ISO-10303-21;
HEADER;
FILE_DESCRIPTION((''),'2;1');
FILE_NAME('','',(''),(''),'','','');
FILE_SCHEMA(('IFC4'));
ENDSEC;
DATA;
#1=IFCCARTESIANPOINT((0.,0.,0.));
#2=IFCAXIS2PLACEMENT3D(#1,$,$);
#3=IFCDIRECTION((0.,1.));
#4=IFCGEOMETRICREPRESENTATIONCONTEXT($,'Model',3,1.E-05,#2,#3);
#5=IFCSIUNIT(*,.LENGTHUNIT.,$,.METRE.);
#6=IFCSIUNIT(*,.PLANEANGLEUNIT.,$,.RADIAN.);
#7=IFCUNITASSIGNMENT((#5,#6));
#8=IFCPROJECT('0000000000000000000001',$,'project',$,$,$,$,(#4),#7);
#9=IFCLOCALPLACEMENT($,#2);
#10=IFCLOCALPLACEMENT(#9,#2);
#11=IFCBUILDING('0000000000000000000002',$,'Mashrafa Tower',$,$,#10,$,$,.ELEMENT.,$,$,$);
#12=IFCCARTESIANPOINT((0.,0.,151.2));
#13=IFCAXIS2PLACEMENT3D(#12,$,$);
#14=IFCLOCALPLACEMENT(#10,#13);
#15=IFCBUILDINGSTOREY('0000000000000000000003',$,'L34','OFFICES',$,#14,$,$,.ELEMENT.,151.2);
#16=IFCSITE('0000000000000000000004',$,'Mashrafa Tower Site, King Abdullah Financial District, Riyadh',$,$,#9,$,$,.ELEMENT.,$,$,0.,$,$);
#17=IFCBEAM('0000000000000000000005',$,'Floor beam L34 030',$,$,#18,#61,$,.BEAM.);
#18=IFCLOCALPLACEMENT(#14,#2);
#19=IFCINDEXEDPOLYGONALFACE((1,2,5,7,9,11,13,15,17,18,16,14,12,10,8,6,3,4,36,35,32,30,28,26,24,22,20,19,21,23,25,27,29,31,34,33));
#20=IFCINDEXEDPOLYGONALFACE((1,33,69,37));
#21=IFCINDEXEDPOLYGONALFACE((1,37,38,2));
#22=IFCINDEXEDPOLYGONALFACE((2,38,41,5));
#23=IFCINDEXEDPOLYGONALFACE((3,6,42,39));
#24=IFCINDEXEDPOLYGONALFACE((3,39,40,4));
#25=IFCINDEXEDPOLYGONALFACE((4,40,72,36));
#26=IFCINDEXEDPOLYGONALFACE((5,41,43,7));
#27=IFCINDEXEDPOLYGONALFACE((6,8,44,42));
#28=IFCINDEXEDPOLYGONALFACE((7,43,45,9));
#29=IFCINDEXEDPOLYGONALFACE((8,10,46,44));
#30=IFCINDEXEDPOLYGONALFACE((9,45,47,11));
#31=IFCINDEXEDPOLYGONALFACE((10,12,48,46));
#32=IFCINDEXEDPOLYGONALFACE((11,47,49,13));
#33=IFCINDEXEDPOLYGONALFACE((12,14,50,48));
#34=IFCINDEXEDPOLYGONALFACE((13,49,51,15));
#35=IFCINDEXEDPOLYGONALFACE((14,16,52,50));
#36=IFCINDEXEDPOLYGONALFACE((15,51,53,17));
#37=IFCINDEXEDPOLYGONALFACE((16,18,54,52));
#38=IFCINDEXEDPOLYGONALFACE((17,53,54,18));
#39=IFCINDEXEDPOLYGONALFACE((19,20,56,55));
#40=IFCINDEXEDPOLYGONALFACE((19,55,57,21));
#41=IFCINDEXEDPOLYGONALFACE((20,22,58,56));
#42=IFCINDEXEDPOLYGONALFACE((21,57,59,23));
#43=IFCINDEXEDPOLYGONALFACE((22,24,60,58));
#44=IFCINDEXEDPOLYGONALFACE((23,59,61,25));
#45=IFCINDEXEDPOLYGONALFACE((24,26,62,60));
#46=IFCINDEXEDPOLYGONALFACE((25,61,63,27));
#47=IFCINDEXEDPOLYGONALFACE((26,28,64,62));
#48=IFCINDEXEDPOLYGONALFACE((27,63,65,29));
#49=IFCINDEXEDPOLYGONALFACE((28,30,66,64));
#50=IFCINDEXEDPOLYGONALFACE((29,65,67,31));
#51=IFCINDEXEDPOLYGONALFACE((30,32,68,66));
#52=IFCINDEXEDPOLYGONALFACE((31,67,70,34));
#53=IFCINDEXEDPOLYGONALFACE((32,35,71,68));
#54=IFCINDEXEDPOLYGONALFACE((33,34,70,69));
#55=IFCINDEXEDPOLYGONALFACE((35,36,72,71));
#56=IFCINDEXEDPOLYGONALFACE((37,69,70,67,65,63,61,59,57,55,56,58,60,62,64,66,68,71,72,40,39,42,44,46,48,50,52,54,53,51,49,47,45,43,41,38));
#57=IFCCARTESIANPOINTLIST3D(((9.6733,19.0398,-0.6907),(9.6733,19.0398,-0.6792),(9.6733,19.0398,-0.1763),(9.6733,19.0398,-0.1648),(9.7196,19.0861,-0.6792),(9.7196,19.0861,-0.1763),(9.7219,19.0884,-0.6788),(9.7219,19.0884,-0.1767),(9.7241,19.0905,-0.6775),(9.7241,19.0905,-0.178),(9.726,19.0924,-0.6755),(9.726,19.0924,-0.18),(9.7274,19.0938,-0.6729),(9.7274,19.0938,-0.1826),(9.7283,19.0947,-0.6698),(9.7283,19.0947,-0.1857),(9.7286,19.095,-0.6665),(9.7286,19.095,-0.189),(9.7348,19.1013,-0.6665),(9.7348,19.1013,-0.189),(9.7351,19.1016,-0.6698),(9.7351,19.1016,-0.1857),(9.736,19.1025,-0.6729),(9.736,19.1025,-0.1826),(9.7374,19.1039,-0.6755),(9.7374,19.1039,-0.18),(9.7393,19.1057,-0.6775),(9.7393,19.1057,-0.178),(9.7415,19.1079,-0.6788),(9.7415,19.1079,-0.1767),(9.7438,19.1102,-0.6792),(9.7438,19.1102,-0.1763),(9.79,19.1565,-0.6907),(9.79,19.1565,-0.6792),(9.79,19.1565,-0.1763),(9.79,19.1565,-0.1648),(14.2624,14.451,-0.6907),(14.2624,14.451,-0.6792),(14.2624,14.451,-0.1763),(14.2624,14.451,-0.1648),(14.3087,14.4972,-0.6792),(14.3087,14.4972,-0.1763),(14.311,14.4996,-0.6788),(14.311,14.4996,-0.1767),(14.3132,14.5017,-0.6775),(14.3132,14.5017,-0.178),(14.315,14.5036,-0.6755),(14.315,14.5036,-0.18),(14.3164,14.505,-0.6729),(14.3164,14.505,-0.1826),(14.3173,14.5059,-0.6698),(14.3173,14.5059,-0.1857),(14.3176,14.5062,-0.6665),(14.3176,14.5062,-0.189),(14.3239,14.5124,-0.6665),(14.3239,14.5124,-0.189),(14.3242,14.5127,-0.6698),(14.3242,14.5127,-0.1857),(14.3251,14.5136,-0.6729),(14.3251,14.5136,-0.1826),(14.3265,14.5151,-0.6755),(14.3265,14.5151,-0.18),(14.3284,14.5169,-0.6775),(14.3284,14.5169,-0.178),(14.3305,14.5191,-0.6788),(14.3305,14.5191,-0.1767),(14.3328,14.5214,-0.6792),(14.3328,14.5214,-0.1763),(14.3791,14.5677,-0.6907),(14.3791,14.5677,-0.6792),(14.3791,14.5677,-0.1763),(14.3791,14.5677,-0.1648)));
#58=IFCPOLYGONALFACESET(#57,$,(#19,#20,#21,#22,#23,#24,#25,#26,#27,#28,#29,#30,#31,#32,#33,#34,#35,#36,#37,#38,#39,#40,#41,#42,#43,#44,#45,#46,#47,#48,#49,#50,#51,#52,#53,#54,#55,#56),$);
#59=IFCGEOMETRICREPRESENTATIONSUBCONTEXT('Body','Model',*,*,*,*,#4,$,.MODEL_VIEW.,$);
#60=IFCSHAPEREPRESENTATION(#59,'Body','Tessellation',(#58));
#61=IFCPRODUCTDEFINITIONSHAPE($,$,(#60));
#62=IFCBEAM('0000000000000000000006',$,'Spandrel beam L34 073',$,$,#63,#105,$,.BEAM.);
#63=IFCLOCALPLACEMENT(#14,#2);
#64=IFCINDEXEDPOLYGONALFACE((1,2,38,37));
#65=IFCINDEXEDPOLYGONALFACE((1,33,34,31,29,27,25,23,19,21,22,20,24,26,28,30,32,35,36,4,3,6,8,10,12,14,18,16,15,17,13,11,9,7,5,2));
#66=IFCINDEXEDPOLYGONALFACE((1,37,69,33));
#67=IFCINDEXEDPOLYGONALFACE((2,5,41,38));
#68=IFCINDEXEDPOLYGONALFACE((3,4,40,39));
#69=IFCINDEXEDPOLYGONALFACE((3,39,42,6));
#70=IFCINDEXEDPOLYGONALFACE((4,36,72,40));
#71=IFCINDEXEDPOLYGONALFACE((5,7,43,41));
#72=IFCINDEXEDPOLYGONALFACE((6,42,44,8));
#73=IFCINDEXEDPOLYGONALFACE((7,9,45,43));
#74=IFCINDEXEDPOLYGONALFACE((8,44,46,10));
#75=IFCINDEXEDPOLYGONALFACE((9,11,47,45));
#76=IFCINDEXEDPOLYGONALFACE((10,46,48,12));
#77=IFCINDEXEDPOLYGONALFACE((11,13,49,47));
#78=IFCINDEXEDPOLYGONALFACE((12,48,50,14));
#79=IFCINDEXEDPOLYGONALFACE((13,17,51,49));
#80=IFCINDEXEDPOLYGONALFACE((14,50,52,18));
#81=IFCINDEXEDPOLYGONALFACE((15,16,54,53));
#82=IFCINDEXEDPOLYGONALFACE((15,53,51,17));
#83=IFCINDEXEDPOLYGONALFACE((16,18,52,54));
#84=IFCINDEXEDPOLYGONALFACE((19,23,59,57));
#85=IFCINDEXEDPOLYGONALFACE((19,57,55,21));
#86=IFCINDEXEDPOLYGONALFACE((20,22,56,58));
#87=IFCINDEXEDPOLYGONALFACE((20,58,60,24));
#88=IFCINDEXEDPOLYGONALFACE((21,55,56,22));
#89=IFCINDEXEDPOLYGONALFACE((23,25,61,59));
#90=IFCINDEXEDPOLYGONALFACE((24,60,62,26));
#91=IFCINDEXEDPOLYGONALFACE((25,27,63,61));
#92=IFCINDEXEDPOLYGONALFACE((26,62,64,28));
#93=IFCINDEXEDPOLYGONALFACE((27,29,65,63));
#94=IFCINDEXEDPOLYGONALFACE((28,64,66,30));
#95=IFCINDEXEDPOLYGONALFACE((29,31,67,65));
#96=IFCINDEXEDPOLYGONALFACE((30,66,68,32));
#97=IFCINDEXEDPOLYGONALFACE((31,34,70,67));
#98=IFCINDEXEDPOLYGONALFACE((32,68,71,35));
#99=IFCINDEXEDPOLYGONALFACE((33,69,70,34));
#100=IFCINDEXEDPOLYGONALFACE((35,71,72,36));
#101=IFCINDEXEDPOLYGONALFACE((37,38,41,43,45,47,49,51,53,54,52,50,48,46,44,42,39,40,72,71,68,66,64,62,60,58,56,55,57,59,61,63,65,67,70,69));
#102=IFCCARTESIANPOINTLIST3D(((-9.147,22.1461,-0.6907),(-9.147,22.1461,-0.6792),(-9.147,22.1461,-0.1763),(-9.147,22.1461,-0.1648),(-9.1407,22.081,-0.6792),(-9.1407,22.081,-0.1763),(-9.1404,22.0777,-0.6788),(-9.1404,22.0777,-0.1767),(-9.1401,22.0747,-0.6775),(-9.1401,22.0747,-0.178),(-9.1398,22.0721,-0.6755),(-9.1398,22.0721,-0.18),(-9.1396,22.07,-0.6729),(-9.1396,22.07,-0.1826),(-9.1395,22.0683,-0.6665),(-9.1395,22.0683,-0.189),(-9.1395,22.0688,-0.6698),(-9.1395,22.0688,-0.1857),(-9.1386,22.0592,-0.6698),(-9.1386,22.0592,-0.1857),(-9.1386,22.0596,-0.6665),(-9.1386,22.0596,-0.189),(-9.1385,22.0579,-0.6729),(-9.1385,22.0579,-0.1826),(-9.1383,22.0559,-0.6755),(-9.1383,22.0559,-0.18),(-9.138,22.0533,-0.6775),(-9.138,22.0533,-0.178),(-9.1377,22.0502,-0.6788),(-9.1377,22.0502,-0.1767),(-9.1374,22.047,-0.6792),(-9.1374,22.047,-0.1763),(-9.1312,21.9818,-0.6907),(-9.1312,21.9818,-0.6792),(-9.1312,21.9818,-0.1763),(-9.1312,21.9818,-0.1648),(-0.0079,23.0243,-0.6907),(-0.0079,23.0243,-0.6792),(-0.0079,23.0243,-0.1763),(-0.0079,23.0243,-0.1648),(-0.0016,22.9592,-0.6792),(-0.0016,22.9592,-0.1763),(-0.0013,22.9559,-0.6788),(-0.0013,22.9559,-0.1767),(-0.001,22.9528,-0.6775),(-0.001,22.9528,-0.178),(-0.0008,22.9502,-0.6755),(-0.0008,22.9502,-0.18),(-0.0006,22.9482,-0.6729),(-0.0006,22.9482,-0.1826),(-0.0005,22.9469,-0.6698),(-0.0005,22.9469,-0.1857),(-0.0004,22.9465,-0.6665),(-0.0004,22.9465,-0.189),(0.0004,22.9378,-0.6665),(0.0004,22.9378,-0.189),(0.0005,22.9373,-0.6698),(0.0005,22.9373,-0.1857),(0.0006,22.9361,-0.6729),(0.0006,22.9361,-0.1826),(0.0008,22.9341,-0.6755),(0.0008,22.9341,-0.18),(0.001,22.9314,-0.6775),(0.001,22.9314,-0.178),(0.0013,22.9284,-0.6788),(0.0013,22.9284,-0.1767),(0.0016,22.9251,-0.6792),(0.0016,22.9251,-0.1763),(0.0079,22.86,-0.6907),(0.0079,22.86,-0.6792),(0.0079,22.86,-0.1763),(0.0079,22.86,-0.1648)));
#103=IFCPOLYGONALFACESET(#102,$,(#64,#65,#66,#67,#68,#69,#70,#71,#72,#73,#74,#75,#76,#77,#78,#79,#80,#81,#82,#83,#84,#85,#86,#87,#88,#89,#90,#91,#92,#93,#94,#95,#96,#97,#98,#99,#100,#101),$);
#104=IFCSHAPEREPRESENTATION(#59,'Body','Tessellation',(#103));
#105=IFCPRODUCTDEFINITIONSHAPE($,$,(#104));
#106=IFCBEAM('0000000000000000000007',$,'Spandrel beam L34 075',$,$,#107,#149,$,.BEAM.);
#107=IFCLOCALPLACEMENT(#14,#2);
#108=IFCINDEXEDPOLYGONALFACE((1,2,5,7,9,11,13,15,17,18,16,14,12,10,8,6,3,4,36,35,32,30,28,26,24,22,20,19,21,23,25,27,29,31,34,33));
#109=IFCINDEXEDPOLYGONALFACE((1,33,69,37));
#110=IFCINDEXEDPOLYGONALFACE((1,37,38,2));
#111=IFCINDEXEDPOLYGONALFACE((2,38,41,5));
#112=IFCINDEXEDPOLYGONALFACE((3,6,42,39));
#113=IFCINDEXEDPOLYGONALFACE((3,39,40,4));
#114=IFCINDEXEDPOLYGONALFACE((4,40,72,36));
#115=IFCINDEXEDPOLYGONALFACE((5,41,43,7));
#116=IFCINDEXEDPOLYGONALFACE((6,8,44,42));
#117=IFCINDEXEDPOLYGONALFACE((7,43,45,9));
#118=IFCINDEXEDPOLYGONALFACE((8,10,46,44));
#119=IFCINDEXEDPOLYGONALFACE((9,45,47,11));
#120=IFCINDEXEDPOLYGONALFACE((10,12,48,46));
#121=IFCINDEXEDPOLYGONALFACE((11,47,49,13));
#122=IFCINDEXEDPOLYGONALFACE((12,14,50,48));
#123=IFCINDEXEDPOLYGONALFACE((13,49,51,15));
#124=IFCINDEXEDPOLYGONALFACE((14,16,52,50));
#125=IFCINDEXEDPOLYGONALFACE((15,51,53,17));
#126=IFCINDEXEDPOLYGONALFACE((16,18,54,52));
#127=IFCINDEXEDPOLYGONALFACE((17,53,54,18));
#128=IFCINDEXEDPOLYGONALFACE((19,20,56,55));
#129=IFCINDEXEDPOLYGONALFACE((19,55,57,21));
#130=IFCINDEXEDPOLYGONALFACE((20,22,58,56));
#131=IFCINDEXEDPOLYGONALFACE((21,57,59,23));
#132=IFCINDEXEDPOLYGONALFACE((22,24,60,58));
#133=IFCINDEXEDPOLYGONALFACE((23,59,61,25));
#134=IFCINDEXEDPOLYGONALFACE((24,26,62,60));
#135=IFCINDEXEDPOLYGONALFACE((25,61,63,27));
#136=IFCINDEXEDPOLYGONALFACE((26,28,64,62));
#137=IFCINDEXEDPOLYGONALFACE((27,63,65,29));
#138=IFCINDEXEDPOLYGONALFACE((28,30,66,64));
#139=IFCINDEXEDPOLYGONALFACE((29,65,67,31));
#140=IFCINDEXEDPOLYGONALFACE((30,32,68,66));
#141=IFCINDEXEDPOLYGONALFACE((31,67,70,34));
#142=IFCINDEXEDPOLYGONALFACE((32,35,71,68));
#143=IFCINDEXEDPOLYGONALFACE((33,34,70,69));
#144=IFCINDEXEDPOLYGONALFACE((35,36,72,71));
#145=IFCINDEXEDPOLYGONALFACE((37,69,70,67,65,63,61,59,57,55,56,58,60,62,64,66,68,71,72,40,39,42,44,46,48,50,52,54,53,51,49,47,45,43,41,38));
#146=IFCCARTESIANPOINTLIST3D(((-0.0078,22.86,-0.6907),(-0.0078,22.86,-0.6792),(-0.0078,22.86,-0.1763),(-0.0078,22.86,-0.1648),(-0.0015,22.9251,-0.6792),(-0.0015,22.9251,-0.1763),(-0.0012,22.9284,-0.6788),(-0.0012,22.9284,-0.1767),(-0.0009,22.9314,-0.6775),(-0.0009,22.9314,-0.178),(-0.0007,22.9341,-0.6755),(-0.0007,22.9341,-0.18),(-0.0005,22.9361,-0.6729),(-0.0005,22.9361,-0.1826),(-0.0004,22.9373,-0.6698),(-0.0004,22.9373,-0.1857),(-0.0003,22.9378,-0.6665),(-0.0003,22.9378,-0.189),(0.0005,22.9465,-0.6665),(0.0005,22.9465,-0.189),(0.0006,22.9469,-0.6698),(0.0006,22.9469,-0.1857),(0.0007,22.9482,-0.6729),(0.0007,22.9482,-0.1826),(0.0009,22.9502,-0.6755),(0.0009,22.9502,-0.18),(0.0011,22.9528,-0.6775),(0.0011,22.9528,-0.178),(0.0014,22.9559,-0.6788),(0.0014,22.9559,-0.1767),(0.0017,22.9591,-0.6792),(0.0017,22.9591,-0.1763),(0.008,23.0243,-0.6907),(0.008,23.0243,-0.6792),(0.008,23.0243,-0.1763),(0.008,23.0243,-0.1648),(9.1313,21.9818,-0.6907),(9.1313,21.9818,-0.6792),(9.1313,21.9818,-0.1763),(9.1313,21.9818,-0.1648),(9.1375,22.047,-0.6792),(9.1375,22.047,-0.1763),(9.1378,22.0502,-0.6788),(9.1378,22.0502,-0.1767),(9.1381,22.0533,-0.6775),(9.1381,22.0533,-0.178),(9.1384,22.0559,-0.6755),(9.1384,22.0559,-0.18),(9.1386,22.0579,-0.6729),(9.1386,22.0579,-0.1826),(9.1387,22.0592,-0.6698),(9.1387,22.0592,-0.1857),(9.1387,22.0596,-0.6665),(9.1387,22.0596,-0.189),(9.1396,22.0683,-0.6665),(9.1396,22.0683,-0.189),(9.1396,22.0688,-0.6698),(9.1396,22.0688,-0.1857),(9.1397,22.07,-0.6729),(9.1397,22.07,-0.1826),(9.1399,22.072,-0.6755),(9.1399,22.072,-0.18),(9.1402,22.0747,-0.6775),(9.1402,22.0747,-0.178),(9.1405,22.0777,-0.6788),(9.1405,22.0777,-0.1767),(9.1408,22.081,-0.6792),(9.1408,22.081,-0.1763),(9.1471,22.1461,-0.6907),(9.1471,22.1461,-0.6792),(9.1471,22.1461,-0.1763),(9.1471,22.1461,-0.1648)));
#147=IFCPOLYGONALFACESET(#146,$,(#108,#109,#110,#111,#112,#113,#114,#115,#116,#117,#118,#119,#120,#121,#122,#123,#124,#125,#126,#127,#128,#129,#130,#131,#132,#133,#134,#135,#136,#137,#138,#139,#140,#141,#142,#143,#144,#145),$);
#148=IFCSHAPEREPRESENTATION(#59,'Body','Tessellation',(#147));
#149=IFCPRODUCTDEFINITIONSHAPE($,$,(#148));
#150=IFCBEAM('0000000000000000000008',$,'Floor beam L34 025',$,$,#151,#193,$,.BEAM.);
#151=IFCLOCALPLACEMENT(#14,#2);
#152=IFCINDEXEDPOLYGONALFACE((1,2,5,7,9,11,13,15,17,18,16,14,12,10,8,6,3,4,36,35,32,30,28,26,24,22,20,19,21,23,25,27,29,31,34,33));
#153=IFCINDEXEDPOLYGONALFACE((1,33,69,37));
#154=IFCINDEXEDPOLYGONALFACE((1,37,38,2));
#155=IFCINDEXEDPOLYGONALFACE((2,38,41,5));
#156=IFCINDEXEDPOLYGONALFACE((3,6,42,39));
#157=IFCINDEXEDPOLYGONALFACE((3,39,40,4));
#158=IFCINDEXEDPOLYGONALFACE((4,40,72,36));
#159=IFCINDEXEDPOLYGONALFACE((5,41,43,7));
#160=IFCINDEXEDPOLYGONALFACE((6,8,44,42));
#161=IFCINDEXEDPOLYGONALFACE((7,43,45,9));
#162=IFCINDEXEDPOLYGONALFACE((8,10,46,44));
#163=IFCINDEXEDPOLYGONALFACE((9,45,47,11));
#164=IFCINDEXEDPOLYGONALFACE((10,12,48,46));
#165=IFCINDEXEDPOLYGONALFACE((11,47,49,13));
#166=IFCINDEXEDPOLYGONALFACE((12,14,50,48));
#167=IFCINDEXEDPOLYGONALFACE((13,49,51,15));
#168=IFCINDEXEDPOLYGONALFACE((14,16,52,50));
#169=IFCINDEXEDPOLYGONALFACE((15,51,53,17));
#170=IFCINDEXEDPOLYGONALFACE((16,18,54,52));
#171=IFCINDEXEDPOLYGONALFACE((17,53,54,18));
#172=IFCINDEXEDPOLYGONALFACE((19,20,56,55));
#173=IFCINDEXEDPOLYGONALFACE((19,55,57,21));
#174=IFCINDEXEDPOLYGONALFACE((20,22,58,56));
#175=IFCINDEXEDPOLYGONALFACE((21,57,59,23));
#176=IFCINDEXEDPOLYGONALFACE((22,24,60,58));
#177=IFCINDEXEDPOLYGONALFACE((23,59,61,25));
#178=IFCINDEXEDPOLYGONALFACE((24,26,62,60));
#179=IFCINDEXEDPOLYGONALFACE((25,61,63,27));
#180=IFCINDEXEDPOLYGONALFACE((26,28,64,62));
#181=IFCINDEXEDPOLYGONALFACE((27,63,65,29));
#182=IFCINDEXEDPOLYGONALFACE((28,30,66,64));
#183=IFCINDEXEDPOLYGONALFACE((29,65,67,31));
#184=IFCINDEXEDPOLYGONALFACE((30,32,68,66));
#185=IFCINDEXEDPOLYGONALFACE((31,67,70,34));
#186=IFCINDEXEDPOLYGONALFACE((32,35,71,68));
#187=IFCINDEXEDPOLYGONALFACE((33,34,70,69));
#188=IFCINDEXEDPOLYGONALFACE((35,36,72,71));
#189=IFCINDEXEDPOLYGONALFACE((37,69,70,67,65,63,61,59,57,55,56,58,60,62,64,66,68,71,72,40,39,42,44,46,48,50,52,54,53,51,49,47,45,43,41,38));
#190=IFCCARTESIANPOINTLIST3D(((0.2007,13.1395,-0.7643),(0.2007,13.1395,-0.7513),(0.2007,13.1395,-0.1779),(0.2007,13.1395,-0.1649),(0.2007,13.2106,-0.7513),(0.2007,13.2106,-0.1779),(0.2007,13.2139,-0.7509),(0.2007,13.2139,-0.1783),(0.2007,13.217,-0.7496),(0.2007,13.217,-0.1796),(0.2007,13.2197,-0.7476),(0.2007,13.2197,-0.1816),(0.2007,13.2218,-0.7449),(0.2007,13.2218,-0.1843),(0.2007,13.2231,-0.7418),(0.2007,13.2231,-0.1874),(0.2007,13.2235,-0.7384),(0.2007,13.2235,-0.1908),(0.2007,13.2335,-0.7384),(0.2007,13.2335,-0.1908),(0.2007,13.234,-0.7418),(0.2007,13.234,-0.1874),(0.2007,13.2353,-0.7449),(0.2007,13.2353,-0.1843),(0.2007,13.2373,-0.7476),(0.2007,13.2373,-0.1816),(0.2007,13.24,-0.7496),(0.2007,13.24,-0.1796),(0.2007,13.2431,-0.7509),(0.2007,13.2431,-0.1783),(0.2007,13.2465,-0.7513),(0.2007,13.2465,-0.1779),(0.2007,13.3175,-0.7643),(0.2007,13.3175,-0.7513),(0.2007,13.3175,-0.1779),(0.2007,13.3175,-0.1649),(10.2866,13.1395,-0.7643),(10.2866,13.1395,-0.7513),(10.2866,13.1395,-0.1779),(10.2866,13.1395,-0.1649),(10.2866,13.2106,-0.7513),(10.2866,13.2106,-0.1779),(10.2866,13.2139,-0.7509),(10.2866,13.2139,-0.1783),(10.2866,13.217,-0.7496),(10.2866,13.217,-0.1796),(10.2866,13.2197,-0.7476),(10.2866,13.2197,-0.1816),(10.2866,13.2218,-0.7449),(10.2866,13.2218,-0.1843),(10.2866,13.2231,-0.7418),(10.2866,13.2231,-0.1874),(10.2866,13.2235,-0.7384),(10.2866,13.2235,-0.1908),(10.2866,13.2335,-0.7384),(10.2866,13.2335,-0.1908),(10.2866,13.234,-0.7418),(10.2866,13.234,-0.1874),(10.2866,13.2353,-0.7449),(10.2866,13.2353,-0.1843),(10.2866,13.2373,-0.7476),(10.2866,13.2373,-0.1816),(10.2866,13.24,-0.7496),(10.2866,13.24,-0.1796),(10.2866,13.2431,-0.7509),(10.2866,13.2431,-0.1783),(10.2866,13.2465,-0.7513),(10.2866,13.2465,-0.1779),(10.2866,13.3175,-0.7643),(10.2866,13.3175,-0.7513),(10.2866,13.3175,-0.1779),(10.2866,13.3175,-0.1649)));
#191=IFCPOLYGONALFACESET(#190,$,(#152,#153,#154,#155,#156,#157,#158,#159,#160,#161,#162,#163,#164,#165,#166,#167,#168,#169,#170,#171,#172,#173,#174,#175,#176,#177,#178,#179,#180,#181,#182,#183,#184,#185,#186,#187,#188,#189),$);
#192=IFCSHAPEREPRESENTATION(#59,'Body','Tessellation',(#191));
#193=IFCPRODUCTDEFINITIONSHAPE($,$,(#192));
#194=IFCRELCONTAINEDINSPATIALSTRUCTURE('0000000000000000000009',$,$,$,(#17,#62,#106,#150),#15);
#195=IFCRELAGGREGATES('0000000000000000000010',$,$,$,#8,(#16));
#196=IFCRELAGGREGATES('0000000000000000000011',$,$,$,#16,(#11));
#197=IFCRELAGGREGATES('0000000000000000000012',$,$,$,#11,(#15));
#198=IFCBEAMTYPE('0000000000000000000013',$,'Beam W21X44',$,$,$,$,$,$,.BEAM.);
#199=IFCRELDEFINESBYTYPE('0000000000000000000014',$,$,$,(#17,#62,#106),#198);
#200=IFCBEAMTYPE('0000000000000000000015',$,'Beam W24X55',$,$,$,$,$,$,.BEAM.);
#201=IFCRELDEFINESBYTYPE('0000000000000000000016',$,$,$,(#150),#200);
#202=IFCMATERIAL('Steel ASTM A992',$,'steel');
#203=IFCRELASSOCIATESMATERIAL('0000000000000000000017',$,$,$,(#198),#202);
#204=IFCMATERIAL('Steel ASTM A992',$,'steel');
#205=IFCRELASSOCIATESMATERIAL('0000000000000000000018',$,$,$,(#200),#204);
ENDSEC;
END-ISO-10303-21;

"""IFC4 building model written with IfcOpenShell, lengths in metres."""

from ifc_helpers import new_model, si_unit, direction, frame, origin, origin_2d, place, context, subcontext, project, spatial, i_section, extrude, material, material_profile, profile_set, type_object, element, save


model = new_model("IFC4")

# Units and contexts
model_context = context("Model", 3, precision=1e-05, world=origin(), true_north=direction((0.0, 1.0)))
body_context = subcontext(model_context, "Body", "Model", "MODEL_VIEW")
ifc_project = project(units=[si_unit("LENGTHUNIT", "METRE"), si_unit("PLANEANGLEUNIT", "RADIAN")], contexts=[model_context])

# Site, building, storey
site_placement = place(None, origin())
site = spatial("IfcSite", under=ifc_project, at=site_placement, Name="Mashrafa Tower Site, King Abdullah Financial District, Riyadh", CompositionType="ELEMENT", RefElevation=0.0)
building_placement = place(site_placement, origin())
building = spatial("IfcBuilding", under=site, at=building_placement, Name="Mashrafa Tower", CompositionType="ELEMENT")
storey_placement = place(building_placement, frame((0.0, 0.0, 151.2)))
storey = spatial("IfcBuildingStorey", under=building, at=storey_placement, Name="L34", Description="OFFICES", CompositionType="ELEMENT", Elevation=151.2)

# Beams
ifc_material_1 = material(Name="Steel ASTM A992", Category="steel")
ifc_material_profile_1 = material_profile(ifc_material_1, i_section(OverallWidth=0.165, OverallDepth=0.5259, WebThickness=0.0088, FlangeThickness=0.0115, FilletRadius=0.0127, at=origin_2d()), Name="W21X44")
ifc_profile_set_1 = profile_set([ifc_material_profile_1], Name="Steel ASTM A992")
beam_type_1 = type_object("IfcBeamType", Name="Beam W21X44", PredefinedType="BEAM", material=ifc_profile_set_1)
beam_1_placement = place(storey_placement, frame((9.7317, 19.0981, -0.4277), z_axis=(0.707126, -0.707088, 0.0), x_axis=(0.707088, 0.707126, 0.0)))
element("IfcBeam", 1, at=beam_1_placement, inside=storey, type_object=beam_type_1, Name="Floor beam L34 030", PredefinedType="BEAM", context=body_context, shape_type="SweptSolid", body=[
    extrude(i_section(OverallWidth=0.165, OverallDepth=0.5259, WebThickness=0.0088, FlangeThickness=0.0115, FilletRadius=0.0127, at=origin_2d()), origin(), (0.0, 0.0, 1.0), 6.4897),
])
for number, where, z_axis, x_axis, name in (
    (2, (0.0, 22.9421, -0.4277), (-0.995415, -0.095649, 0.0), (0.095649, -0.995415, 0.0), "Spandrel beam L34 073"),
    (3, (9.1392, 22.064, -0.4277), (-0.995415, 0.095649, 0.0), (-0.095649, -0.995415, 0.0), "Spandrel beam L34 075"),
):
    element("IfcBeam", number, at=place(storey_placement, frame(where, z_axis=z_axis, x_axis=x_axis)), inside=storey, type_object=beam_type_1, Name=name, PredefinedType="BEAM", context=body_context, shape_type="SweptSolid", body=[
        extrude(i_section(OverallWidth=0.165, OverallDepth=0.5259, WebThickness=0.0088, FlangeThickness=0.0115, FilletRadius=0.0127, at=origin_2d()), origin(), (0.0, 0.0, 1.0), 9.1812),
    ])
ifc_material_2 = material(Name="Steel ASTM A992", Category="steel")
ifc_material_profile_2 = material_profile(ifc_material_2, i_section(OverallWidth=0.178, OverallDepth=0.5994, WebThickness=0.01, FlangeThickness=0.0129, FilletRadius=0.0129, at=origin_2d()), Name="W24X55")
ifc_profile_set_2 = profile_set([ifc_material_profile_2], Name="Steel ASTM A992")
beam_type_2 = type_object("IfcBeamType", Name="Beam W24X55", PredefinedType="BEAM", material=ifc_profile_set_2)
beam_2_placement = place(storey_placement, frame((0.2007, 13.2285, -0.4646), z_axis=(1.0, 0.0, 0.0), x_axis=(0.0, 1.0, 0.0)))
element("IfcBeam", 4, at=beam_2_placement, inside=storey, type_object=beam_type_2, Name="Floor beam L34 025", PredefinedType="BEAM", context=body_context, shape_type="SweptSolid", body=[
    extrude(i_section(OverallWidth=0.178, OverallDepth=0.5994, WebThickness=0.01, FlangeThickness=0.0129, FilletRadius=0.0129, at=origin_2d()), origin(), (0.0, 0.0, 1.0), 10.0859),
])

save(model, "model.ifc")
